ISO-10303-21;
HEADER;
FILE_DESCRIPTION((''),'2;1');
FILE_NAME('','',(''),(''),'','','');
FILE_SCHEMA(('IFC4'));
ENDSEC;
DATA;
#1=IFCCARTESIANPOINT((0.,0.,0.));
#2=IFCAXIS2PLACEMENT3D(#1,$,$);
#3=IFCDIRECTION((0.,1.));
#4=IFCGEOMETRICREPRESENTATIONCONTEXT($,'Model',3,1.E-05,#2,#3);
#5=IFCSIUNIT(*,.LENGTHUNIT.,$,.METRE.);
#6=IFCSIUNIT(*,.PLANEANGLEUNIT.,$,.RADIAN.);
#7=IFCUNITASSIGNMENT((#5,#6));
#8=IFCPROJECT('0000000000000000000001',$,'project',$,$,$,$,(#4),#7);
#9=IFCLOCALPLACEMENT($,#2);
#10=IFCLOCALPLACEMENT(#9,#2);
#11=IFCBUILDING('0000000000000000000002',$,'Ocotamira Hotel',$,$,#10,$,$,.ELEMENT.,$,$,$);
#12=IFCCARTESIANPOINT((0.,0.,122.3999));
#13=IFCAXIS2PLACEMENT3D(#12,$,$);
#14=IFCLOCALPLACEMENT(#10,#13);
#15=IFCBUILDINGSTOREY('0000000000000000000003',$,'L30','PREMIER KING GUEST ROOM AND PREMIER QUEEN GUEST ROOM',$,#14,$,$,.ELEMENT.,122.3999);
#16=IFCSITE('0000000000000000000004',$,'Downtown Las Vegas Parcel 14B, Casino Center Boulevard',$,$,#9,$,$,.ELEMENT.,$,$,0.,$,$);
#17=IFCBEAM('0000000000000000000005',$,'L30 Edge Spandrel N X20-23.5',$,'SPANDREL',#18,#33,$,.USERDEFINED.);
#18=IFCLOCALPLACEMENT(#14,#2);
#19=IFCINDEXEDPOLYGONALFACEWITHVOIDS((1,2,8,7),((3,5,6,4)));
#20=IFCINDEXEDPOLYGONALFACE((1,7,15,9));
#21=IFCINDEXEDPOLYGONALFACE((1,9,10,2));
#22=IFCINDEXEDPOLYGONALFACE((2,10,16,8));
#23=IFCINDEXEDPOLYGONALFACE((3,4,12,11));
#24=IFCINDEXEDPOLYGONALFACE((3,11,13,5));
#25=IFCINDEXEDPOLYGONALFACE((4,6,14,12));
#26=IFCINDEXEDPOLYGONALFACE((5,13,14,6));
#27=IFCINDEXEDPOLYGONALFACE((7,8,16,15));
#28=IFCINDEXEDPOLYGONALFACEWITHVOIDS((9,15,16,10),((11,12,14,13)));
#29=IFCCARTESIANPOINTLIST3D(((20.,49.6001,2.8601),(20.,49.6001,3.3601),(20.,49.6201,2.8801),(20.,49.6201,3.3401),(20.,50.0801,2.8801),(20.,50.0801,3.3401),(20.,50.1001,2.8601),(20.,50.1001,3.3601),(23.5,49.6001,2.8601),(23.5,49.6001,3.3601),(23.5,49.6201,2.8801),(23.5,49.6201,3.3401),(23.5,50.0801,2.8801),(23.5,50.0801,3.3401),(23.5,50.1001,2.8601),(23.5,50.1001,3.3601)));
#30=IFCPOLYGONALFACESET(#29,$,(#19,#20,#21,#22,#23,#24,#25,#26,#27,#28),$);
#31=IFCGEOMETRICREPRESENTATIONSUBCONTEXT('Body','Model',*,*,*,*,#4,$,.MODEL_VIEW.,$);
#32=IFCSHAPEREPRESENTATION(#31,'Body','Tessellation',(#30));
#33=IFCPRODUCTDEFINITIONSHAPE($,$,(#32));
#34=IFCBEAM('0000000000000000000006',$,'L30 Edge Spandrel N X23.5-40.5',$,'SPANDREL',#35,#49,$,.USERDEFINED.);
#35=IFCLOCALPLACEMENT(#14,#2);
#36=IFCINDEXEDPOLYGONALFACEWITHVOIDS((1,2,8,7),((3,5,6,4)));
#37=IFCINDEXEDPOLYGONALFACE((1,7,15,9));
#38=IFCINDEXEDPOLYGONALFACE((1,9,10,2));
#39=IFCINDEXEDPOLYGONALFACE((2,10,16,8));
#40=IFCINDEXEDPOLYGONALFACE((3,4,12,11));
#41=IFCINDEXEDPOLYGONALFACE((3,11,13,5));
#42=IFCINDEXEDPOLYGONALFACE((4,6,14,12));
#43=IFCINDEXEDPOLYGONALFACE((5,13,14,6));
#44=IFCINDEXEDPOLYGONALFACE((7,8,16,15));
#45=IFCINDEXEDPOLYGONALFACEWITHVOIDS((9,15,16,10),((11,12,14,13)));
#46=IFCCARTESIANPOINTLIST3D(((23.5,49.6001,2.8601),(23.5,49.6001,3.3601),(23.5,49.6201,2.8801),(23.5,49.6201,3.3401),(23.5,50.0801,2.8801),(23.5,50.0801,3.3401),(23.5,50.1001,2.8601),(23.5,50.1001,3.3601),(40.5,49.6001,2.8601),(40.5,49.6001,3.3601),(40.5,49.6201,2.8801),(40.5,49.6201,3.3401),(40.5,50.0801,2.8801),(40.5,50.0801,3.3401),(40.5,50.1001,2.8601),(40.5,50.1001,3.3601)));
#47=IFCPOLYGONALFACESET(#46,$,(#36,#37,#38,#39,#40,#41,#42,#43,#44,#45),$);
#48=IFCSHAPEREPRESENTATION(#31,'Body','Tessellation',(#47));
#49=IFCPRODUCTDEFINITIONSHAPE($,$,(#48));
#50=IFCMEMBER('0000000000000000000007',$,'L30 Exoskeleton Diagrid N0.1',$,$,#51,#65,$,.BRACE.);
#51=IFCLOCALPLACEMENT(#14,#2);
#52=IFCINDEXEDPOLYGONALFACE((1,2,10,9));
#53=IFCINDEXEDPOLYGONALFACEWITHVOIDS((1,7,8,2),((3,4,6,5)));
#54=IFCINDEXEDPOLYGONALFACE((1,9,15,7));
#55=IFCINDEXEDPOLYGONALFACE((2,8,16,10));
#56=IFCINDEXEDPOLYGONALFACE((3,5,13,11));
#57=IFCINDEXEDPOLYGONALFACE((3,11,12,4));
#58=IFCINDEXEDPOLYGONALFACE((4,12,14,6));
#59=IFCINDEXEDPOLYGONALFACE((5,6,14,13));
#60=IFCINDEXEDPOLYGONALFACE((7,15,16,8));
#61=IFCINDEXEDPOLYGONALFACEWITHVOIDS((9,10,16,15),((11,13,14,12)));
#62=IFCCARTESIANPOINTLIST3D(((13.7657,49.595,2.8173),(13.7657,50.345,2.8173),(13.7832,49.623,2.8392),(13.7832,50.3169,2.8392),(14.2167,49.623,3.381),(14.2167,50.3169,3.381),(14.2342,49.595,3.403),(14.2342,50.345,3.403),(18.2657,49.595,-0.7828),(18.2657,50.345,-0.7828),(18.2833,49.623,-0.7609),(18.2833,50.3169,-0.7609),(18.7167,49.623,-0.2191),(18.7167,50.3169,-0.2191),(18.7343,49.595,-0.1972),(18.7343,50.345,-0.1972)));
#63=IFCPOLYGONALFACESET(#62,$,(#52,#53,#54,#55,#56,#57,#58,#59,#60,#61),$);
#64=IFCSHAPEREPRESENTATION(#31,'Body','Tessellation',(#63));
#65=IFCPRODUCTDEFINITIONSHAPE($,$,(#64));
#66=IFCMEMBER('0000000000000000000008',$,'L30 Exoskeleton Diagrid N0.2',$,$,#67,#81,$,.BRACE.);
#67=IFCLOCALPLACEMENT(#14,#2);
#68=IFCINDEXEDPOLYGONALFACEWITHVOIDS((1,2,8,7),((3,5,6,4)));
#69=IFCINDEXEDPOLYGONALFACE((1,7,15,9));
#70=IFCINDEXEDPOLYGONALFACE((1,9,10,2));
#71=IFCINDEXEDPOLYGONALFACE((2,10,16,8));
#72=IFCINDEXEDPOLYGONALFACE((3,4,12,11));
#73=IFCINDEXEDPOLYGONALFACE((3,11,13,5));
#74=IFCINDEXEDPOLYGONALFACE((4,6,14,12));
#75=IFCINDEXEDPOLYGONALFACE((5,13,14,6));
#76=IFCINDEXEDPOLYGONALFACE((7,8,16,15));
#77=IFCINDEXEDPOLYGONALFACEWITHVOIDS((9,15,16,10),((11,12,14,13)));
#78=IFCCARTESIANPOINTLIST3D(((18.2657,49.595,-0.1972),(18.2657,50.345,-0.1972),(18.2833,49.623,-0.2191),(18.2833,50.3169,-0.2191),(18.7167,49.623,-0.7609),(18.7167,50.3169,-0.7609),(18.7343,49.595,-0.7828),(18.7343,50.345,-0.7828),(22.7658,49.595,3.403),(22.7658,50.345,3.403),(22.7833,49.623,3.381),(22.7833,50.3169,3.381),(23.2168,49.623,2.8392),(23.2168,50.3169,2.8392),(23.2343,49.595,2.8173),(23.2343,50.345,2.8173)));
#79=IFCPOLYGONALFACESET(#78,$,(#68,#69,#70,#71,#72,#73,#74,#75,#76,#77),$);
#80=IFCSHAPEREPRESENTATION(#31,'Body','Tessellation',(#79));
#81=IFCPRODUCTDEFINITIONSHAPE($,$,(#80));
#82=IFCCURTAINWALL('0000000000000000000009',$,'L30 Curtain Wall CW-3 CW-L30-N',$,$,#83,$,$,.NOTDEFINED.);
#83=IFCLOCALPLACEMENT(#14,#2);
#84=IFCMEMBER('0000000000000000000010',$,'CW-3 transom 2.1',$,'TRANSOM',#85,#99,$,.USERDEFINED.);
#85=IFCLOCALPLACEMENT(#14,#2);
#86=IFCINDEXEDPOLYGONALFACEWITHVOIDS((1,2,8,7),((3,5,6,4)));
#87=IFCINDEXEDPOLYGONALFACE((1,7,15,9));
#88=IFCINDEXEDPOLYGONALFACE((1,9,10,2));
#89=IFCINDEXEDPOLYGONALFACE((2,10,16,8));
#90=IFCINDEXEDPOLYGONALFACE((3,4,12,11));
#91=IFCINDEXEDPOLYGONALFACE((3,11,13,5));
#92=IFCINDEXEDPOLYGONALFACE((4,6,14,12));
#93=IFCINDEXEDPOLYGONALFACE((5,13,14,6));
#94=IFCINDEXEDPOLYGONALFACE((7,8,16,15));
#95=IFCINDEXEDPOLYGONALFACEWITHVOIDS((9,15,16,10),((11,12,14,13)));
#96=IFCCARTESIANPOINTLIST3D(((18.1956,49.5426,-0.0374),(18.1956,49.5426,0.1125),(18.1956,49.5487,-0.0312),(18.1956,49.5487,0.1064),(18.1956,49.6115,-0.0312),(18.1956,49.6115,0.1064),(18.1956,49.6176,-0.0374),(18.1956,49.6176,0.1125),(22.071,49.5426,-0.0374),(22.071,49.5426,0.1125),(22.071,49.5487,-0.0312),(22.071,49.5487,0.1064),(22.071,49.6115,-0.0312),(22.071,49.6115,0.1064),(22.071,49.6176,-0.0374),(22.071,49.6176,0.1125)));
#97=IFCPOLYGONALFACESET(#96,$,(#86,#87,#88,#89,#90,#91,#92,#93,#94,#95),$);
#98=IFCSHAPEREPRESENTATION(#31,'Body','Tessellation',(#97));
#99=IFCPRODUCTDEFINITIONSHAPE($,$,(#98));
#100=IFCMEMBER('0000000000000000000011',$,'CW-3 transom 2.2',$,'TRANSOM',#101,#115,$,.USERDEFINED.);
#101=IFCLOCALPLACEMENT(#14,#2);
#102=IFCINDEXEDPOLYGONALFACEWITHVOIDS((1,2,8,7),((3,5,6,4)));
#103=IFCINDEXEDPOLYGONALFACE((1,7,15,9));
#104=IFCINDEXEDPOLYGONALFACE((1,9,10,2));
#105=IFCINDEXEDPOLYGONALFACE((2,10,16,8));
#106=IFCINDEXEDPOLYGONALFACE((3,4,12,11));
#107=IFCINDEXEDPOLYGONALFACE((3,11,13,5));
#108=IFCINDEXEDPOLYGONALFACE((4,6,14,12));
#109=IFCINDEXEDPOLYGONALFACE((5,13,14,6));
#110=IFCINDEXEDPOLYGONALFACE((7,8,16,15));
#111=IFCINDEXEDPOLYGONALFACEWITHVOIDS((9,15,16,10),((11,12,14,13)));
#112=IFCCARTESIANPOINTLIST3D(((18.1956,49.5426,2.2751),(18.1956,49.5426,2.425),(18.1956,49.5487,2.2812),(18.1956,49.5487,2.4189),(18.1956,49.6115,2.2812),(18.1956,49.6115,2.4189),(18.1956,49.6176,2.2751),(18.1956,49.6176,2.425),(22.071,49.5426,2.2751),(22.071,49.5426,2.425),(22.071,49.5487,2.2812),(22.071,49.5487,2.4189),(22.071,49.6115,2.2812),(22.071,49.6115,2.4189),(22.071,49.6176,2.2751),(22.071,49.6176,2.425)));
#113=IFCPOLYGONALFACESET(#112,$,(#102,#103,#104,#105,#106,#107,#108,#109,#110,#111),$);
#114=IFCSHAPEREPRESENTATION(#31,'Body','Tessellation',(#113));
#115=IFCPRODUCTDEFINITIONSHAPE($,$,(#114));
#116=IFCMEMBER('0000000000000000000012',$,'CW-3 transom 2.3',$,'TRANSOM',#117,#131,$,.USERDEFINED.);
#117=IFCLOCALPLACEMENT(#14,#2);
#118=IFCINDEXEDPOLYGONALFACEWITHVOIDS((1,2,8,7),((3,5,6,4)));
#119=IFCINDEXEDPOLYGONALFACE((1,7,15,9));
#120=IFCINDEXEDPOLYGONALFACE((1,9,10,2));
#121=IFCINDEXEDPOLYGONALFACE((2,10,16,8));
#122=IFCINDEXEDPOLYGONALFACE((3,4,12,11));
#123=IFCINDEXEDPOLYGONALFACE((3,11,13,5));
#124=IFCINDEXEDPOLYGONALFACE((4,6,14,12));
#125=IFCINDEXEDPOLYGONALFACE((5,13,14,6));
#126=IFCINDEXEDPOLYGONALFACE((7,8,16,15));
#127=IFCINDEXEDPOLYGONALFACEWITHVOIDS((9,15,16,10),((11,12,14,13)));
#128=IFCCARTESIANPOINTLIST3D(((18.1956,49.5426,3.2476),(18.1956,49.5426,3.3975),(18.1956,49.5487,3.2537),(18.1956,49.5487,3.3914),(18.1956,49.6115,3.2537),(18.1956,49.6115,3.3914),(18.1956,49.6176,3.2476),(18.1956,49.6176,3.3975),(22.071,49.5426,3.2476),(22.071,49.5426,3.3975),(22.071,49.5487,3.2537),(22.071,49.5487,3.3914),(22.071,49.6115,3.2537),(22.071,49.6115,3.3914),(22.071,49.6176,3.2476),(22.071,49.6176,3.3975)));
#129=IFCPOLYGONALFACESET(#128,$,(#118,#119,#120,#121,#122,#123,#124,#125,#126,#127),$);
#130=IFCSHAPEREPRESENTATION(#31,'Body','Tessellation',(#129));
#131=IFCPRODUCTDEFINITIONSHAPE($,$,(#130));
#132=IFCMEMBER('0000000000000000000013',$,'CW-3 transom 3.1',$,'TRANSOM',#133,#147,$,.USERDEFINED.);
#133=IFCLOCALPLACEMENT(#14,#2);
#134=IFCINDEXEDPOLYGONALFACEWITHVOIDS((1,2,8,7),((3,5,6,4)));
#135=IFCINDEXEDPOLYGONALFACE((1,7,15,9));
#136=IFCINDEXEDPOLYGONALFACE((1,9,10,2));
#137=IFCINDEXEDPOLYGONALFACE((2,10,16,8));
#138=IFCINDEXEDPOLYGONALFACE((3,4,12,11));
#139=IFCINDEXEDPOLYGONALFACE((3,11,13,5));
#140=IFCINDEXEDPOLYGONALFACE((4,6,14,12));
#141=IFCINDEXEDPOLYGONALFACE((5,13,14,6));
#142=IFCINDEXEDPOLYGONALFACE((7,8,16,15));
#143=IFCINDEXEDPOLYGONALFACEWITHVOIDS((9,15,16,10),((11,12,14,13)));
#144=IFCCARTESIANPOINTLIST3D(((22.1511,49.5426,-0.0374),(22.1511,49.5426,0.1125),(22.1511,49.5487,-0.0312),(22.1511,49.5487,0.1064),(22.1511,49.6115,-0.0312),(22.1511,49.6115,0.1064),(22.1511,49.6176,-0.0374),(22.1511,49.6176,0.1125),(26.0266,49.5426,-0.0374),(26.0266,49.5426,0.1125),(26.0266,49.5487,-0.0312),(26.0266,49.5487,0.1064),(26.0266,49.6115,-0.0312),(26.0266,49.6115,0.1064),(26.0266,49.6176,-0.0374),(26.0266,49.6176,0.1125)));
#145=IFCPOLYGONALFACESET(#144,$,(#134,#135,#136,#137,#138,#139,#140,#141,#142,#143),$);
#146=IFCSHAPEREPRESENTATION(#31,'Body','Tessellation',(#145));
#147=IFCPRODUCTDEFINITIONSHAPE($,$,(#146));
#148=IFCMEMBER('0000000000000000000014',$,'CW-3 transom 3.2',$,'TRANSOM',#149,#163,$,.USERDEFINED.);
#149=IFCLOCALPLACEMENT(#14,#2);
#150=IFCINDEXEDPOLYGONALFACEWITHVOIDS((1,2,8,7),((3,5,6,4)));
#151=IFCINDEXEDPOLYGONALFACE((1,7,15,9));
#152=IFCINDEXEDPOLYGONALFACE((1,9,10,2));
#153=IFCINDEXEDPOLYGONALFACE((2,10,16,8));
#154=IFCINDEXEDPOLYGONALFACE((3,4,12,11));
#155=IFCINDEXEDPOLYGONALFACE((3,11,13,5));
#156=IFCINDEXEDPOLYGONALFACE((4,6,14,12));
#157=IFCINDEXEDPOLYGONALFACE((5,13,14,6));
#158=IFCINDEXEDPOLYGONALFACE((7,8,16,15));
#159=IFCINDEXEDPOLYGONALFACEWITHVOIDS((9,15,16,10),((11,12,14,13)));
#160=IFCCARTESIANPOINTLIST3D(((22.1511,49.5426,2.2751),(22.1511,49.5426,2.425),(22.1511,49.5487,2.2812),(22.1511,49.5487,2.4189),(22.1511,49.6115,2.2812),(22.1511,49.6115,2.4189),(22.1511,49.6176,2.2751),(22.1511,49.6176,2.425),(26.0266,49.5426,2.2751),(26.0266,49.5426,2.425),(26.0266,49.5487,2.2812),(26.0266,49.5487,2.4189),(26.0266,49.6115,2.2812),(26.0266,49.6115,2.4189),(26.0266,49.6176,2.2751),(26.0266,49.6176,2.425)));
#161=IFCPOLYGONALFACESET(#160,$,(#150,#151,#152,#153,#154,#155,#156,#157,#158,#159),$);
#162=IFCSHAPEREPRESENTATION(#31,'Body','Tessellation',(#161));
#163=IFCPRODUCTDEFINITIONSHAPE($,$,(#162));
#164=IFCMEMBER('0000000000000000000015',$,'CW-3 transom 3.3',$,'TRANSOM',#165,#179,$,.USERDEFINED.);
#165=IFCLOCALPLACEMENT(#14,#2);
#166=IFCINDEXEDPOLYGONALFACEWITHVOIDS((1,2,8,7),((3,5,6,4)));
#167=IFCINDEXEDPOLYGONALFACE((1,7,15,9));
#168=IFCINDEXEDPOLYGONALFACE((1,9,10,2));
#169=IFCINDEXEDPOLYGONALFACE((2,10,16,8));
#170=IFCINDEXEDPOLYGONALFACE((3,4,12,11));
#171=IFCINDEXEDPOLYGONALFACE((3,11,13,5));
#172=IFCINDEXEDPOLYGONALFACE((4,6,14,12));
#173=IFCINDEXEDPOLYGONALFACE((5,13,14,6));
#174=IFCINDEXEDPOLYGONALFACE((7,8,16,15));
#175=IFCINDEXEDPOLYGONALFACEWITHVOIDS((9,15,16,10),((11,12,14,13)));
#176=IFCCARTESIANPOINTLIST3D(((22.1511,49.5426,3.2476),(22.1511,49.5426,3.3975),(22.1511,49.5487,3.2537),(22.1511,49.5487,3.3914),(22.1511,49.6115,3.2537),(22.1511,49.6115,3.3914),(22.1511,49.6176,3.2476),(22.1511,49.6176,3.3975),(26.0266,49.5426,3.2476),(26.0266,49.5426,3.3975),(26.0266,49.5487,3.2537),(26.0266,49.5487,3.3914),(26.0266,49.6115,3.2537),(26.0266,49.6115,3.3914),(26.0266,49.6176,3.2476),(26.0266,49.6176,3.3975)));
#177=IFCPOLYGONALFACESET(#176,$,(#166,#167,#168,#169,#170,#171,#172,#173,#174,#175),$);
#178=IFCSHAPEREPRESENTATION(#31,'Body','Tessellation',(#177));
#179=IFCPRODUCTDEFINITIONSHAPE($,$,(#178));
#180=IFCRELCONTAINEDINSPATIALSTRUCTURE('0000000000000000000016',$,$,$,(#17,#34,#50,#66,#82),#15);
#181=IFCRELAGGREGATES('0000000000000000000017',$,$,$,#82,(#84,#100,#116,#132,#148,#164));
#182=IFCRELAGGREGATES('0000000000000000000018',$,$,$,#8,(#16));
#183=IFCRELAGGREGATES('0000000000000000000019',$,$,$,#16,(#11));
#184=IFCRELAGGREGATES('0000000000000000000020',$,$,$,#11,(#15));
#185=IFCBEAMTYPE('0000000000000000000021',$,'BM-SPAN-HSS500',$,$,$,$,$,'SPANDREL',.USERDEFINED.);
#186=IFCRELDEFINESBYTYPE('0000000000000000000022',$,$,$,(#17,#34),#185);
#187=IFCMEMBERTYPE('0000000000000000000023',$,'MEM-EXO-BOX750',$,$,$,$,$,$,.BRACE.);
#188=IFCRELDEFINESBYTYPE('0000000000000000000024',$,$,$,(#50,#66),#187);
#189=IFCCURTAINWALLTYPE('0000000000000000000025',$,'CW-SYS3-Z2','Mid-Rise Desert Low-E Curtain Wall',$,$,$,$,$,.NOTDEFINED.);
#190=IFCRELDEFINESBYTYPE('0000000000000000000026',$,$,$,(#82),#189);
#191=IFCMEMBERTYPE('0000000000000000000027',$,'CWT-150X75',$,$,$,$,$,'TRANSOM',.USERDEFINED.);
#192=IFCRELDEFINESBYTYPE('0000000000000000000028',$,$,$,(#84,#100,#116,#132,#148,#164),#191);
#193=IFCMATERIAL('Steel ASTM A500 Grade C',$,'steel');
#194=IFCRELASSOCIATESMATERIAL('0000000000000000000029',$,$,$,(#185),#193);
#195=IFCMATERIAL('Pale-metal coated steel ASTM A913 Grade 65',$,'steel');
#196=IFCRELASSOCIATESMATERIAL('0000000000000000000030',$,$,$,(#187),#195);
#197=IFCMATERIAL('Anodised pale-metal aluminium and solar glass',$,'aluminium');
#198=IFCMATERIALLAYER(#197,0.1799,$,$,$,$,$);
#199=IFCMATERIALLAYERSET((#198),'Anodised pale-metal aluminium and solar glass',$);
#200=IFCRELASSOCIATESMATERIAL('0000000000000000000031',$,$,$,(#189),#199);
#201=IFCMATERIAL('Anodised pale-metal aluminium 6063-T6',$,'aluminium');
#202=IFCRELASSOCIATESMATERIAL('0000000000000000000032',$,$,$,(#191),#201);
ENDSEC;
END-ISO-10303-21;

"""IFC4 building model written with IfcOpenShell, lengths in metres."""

from ifc_helpers import new_model, si_unit, direction, frame, origin, origin_2d, place, context, subcontext, project, spatial, hollow_rectangle, extrude, source, transform, mapped, material, layer, layer_set, material_profile, profile_set, type_object, element, aggregate, save


model = new_model("IFC4")

# Units and contexts
model_context = context("Model", 3, precision=1e-05, world=origin(), true_north=direction((0.0, 1.0)))
body_context = subcontext(model_context, "Body", "Model", "MODEL_VIEW")
ifc_project = project(units=[si_unit("LENGTHUNIT", "METRE"), si_unit("PLANEANGLEUNIT", "RADIAN")], contexts=[model_context])

# Site, building, storey
site_placement = place(None, origin())
site = spatial("IfcSite", under=ifc_project, at=site_placement, Name="Downtown Las Vegas Parcel 14B, Casino Center Boulevard", CompositionType="ELEMENT", RefElevation=0.0)
building_placement = place(site_placement, origin())
building = spatial("IfcBuilding", under=site, at=building_placement, Name="Ocotamira Hotel", CompositionType="ELEMENT")
storey_placement = place(building_placement, frame((0.0, 0.0, 122.3999)))
storey = spatial("IfcBuildingStorey", under=building, at=storey_placement, Name="L30", Description="PREMIER KING GUEST ROOM AND PREMIER QUEEN GUEST ROOM", CompositionType="ELEMENT", Elevation=122.3999)

# Beams
ifc_material_1 = material(Name="Steel ASTM A500 Grade C", Category="steel")
ifc_material_profile_1 = material_profile(ifc_material_1, hollow_rectangle(XDim=0.5, YDim=0.5, WallThickness=0.02, at=origin_2d()), Name="HSS500X500X20")
ifc_profile_set_1 = profile_set([ifc_material_profile_1], Name="Steel ASTM A500 Grade C")
beam_type_1 = type_object("IfcBeamType", Name="BM-SPAN-HSS500", ElementType="SPANDREL", PredefinedType="USERDEFINED", material=ifc_profile_set_1)
shared_shape_1 = source(origin(), body_context, "Body", "SweptSolid", [
    extrude(hollow_rectangle(XDim=0.5, YDim=0.5, WallThickness=0.02, at=origin_2d()), origin(), (0.0, 0.0, 1.0), 3.5),
])
beam_1_placement = place(storey_placement, frame((20.0, 49.8501, 3.1101), z_axis=(1.0, 0.0, 0.0), x_axis=(0.0, 1.0, 0.0)))
element("IfcBeam", 1, at=beam_1_placement, inside=storey, type_object=beam_type_1, Name="L30 Edge Spandrel N X20-23.5", ObjectType="SPANDREL", PredefinedType="USERDEFINED", context=body_context, shape_type="MappedRepresentation", body=[
    mapped(shared_shape_1, transform((0.0, 0.0, 0.0), scale=1.0)),
])
shared_shape_2 = source(origin(), body_context, "Body", "SweptSolid", [
    extrude(hollow_rectangle(XDim=0.5, YDim=0.5, WallThickness=0.02, at=origin_2d()), origin(), (0.0, 0.0, 1.0), 17.0),
])
beam_2_placement = place(storey_placement, frame((23.5, 49.8501, 3.1101), z_axis=(1.0, 0.0, 0.0), x_axis=(0.0, 1.0, 0.0)))
element("IfcBeam", 2, at=beam_2_placement, inside=storey, type_object=beam_type_1, Name="L30 Edge Spandrel N X23.5-40.5", ObjectType="SPANDREL", PredefinedType="USERDEFINED", context=body_context, shape_type="MappedRepresentation", body=[
    mapped(shared_shape_2, transform((0.0, 0.0, 0.0), scale=1.0)),
])

# Members
ifc_material_2 = material(Name="Pale-metal coated steel ASTM A913 Grade 65", Category="steel")
ifc_material_profile_2 = material_profile(ifc_material_2, hollow_rectangle(XDim=0.75, YDim=0.75, WallThickness=0.0281, at=origin_2d()), Name="BOX750X750X28")
ifc_profile_set_2 = profile_set([ifc_material_profile_2], Name="Pale-metal coated steel ASTM A913 Grade 65")
member_type_1 = type_object("IfcMemberType", Name="MEM-EXO-BOX750", PredefinedType="BRACE", material=ifc_profile_set_2)
shared_shape_3 = source(origin(), body_context, "Body", "SweptSolid", [
    extrude(hollow_rectangle(XDim=0.75, YDim=0.75, WallThickness=0.0281, at=origin_2d()), origin(), (0.0, 0.0, 1.0), 5.7629),
])
for number, where, z_axis, x_axis, name in (
    (3, (18.5, 49.97, -0.49), (-0.780861, 0.0, 0.624705), (0.0, -1.0, 0.0), "L30 Exoskeleton Diagrid N0.1"),
    (4, (18.5, 49.97, -0.49), (0.780861, 0.0, 0.624705), (0.0, 1.0, 0.0), "L30 Exoskeleton Diagrid N0.2"),
):
    element("IfcMember", number, at=place(storey_placement, frame(where, z_axis=z_axis, x_axis=x_axis)), inside=storey, type_object=member_type_1, Name=name, PredefinedType="BRACE", context=body_context, shape_type="MappedRepresentation", body=[
        mapped(shared_shape_3, transform((0.0, 0.0, 0.0), scale=1.0)),
    ])

# Curtain wall, members
ifc_material_3 = material(Name="Anodised pale-metal aluminium and solar glass", Category="aluminium")
ifc_layer_1 = layer(ifc_material_3, 0.1799)
ifc_layer_set_1 = layer_set([ifc_layer_1], Name="Anodised pale-metal aluminium and solar glass")
curtain_wall_type = type_object("IfcCurtainWallType", Name="CW-SYS3-Z2", Description="Mid-Rise Desert Low-E Curtain Wall", PredefinedType="NOTDEFINED", material=ifc_layer_set_1)
curtain_wall_placement = place(storey_placement, origin())
curtain_wall = element("IfcCurtainWall", 5, at=curtain_wall_placement, inside=storey, type_object=curtain_wall_type, Name="L30 Curtain Wall CW-3 CW-L30-N", PredefinedType="NOTDEFINED")
ifc_material_4 = material(Name="Anodised pale-metal aluminium 6063-T6", Category="aluminium")
ifc_material_profile_3 = material_profile(ifc_material_4, hollow_rectangle(XDim=0.075, YDim=0.1499, WallThickness=0.0061, at=origin_2d()), Name="HSS150X75X6")
ifc_profile_set_3 = profile_set([ifc_material_profile_3], Name="Anodised pale-metal aluminium 6063-T6")
member_type_2 = type_object("IfcMemberType", Name="CWT-150X75", ElementType="TRANSOM", PredefinedType="USERDEFINED", material=ifc_profile_set_3)
shared_shape_4 = source(origin(), body_context, "Body", "SweptSolid", [
    extrude(hollow_rectangle(XDim=0.075, YDim=0.1499, WallThickness=0.0061, at=origin_2d()), origin(), (0.0, 0.0, 1.0), 3.8755),
])
member_1_placement = place(storey_placement, frame((18.1956, 49.5801, 0.0376), z_axis=(1.0, 0.0, 0.0), x_axis=(0.0, 1.0, 0.0)))
member_1 = element("IfcMember", 6, at=member_1_placement, type_object=member_type_2, Name="CW-3 transom 2.1", ObjectType="TRANSOM", PredefinedType="USERDEFINED", context=body_context, shape_type="MappedRepresentation", body=[
    mapped(shared_shape_4, transform((0.0, 0.0, 0.0), scale=1.0)),
])
member_2_placement = place(storey_placement, frame((18.1956, 49.5801, 2.3501), z_axis=(1.0, 0.0, 0.0), x_axis=(0.0, 1.0, 0.0)))
member_2 = element("IfcMember", 7, at=member_2_placement, type_object=member_type_2, Name="CW-3 transom 2.2", ObjectType="TRANSOM", PredefinedType="USERDEFINED", context=body_context, shape_type="MappedRepresentation", body=[
    mapped(shared_shape_4, transform((0.0, 0.0, 0.0), scale=1.0)),
])
member_3_placement = place(storey_placement, frame((18.1956, 49.5801, 3.3225), z_axis=(1.0, 0.0, 0.0), x_axis=(0.0, 1.0, 0.0)))
member_3 = element("IfcMember", 8, at=member_3_placement, type_object=member_type_2, Name="CW-3 transom 2.3", ObjectType="TRANSOM", PredefinedType="USERDEFINED", context=body_context, shape_type="MappedRepresentation", body=[
    mapped(shared_shape_4, transform((0.0, 0.0, 0.0), scale=1.0)),
])
member_4_placement = place(storey_placement, frame((22.1511, 49.5801, 0.0376), z_axis=(1.0, 0.0, 0.0), x_axis=(0.0, 1.0, 0.0)))
member_4 = element("IfcMember", 9, at=member_4_placement, type_object=member_type_2, Name="CW-3 transom 3.1", ObjectType="TRANSOM", PredefinedType="USERDEFINED", context=body_context, shape_type="MappedRepresentation", body=[
    mapped(shared_shape_4, transform((0.0, 0.0, 0.0), scale=1.0)),
])
member_5_placement = place(storey_placement, frame((22.1511, 49.5801, 2.3501), z_axis=(1.0, 0.0, 0.0), x_axis=(0.0, 1.0, 0.0)))
member_5 = element("IfcMember", 10, at=member_5_placement, type_object=member_type_2, Name="CW-3 transom 3.2", ObjectType="TRANSOM", PredefinedType="USERDEFINED", context=body_context, shape_type="MappedRepresentation", body=[
    mapped(shared_shape_4, transform((0.0, 0.0, 0.0), scale=1.0)),
])
member_6_placement = place(storey_placement, frame((22.1511, 49.5801, 3.3225), z_axis=(1.0, 0.0, 0.0), x_axis=(0.0, 1.0, 0.0)))
member_6 = element("IfcMember", 11, at=member_6_placement, type_object=member_type_2, Name="CW-3 transom 3.3", ObjectType="TRANSOM", PredefinedType="USERDEFINED", context=body_context, shape_type="MappedRepresentation", body=[
    mapped(shared_shape_4, transform((0.0, 0.0, 0.0), scale=1.0)),
])

aggregate(curtain_wall, [member_1, member_2, member_3, member_4, member_5, member_6])

save(model, "model.ifc")
